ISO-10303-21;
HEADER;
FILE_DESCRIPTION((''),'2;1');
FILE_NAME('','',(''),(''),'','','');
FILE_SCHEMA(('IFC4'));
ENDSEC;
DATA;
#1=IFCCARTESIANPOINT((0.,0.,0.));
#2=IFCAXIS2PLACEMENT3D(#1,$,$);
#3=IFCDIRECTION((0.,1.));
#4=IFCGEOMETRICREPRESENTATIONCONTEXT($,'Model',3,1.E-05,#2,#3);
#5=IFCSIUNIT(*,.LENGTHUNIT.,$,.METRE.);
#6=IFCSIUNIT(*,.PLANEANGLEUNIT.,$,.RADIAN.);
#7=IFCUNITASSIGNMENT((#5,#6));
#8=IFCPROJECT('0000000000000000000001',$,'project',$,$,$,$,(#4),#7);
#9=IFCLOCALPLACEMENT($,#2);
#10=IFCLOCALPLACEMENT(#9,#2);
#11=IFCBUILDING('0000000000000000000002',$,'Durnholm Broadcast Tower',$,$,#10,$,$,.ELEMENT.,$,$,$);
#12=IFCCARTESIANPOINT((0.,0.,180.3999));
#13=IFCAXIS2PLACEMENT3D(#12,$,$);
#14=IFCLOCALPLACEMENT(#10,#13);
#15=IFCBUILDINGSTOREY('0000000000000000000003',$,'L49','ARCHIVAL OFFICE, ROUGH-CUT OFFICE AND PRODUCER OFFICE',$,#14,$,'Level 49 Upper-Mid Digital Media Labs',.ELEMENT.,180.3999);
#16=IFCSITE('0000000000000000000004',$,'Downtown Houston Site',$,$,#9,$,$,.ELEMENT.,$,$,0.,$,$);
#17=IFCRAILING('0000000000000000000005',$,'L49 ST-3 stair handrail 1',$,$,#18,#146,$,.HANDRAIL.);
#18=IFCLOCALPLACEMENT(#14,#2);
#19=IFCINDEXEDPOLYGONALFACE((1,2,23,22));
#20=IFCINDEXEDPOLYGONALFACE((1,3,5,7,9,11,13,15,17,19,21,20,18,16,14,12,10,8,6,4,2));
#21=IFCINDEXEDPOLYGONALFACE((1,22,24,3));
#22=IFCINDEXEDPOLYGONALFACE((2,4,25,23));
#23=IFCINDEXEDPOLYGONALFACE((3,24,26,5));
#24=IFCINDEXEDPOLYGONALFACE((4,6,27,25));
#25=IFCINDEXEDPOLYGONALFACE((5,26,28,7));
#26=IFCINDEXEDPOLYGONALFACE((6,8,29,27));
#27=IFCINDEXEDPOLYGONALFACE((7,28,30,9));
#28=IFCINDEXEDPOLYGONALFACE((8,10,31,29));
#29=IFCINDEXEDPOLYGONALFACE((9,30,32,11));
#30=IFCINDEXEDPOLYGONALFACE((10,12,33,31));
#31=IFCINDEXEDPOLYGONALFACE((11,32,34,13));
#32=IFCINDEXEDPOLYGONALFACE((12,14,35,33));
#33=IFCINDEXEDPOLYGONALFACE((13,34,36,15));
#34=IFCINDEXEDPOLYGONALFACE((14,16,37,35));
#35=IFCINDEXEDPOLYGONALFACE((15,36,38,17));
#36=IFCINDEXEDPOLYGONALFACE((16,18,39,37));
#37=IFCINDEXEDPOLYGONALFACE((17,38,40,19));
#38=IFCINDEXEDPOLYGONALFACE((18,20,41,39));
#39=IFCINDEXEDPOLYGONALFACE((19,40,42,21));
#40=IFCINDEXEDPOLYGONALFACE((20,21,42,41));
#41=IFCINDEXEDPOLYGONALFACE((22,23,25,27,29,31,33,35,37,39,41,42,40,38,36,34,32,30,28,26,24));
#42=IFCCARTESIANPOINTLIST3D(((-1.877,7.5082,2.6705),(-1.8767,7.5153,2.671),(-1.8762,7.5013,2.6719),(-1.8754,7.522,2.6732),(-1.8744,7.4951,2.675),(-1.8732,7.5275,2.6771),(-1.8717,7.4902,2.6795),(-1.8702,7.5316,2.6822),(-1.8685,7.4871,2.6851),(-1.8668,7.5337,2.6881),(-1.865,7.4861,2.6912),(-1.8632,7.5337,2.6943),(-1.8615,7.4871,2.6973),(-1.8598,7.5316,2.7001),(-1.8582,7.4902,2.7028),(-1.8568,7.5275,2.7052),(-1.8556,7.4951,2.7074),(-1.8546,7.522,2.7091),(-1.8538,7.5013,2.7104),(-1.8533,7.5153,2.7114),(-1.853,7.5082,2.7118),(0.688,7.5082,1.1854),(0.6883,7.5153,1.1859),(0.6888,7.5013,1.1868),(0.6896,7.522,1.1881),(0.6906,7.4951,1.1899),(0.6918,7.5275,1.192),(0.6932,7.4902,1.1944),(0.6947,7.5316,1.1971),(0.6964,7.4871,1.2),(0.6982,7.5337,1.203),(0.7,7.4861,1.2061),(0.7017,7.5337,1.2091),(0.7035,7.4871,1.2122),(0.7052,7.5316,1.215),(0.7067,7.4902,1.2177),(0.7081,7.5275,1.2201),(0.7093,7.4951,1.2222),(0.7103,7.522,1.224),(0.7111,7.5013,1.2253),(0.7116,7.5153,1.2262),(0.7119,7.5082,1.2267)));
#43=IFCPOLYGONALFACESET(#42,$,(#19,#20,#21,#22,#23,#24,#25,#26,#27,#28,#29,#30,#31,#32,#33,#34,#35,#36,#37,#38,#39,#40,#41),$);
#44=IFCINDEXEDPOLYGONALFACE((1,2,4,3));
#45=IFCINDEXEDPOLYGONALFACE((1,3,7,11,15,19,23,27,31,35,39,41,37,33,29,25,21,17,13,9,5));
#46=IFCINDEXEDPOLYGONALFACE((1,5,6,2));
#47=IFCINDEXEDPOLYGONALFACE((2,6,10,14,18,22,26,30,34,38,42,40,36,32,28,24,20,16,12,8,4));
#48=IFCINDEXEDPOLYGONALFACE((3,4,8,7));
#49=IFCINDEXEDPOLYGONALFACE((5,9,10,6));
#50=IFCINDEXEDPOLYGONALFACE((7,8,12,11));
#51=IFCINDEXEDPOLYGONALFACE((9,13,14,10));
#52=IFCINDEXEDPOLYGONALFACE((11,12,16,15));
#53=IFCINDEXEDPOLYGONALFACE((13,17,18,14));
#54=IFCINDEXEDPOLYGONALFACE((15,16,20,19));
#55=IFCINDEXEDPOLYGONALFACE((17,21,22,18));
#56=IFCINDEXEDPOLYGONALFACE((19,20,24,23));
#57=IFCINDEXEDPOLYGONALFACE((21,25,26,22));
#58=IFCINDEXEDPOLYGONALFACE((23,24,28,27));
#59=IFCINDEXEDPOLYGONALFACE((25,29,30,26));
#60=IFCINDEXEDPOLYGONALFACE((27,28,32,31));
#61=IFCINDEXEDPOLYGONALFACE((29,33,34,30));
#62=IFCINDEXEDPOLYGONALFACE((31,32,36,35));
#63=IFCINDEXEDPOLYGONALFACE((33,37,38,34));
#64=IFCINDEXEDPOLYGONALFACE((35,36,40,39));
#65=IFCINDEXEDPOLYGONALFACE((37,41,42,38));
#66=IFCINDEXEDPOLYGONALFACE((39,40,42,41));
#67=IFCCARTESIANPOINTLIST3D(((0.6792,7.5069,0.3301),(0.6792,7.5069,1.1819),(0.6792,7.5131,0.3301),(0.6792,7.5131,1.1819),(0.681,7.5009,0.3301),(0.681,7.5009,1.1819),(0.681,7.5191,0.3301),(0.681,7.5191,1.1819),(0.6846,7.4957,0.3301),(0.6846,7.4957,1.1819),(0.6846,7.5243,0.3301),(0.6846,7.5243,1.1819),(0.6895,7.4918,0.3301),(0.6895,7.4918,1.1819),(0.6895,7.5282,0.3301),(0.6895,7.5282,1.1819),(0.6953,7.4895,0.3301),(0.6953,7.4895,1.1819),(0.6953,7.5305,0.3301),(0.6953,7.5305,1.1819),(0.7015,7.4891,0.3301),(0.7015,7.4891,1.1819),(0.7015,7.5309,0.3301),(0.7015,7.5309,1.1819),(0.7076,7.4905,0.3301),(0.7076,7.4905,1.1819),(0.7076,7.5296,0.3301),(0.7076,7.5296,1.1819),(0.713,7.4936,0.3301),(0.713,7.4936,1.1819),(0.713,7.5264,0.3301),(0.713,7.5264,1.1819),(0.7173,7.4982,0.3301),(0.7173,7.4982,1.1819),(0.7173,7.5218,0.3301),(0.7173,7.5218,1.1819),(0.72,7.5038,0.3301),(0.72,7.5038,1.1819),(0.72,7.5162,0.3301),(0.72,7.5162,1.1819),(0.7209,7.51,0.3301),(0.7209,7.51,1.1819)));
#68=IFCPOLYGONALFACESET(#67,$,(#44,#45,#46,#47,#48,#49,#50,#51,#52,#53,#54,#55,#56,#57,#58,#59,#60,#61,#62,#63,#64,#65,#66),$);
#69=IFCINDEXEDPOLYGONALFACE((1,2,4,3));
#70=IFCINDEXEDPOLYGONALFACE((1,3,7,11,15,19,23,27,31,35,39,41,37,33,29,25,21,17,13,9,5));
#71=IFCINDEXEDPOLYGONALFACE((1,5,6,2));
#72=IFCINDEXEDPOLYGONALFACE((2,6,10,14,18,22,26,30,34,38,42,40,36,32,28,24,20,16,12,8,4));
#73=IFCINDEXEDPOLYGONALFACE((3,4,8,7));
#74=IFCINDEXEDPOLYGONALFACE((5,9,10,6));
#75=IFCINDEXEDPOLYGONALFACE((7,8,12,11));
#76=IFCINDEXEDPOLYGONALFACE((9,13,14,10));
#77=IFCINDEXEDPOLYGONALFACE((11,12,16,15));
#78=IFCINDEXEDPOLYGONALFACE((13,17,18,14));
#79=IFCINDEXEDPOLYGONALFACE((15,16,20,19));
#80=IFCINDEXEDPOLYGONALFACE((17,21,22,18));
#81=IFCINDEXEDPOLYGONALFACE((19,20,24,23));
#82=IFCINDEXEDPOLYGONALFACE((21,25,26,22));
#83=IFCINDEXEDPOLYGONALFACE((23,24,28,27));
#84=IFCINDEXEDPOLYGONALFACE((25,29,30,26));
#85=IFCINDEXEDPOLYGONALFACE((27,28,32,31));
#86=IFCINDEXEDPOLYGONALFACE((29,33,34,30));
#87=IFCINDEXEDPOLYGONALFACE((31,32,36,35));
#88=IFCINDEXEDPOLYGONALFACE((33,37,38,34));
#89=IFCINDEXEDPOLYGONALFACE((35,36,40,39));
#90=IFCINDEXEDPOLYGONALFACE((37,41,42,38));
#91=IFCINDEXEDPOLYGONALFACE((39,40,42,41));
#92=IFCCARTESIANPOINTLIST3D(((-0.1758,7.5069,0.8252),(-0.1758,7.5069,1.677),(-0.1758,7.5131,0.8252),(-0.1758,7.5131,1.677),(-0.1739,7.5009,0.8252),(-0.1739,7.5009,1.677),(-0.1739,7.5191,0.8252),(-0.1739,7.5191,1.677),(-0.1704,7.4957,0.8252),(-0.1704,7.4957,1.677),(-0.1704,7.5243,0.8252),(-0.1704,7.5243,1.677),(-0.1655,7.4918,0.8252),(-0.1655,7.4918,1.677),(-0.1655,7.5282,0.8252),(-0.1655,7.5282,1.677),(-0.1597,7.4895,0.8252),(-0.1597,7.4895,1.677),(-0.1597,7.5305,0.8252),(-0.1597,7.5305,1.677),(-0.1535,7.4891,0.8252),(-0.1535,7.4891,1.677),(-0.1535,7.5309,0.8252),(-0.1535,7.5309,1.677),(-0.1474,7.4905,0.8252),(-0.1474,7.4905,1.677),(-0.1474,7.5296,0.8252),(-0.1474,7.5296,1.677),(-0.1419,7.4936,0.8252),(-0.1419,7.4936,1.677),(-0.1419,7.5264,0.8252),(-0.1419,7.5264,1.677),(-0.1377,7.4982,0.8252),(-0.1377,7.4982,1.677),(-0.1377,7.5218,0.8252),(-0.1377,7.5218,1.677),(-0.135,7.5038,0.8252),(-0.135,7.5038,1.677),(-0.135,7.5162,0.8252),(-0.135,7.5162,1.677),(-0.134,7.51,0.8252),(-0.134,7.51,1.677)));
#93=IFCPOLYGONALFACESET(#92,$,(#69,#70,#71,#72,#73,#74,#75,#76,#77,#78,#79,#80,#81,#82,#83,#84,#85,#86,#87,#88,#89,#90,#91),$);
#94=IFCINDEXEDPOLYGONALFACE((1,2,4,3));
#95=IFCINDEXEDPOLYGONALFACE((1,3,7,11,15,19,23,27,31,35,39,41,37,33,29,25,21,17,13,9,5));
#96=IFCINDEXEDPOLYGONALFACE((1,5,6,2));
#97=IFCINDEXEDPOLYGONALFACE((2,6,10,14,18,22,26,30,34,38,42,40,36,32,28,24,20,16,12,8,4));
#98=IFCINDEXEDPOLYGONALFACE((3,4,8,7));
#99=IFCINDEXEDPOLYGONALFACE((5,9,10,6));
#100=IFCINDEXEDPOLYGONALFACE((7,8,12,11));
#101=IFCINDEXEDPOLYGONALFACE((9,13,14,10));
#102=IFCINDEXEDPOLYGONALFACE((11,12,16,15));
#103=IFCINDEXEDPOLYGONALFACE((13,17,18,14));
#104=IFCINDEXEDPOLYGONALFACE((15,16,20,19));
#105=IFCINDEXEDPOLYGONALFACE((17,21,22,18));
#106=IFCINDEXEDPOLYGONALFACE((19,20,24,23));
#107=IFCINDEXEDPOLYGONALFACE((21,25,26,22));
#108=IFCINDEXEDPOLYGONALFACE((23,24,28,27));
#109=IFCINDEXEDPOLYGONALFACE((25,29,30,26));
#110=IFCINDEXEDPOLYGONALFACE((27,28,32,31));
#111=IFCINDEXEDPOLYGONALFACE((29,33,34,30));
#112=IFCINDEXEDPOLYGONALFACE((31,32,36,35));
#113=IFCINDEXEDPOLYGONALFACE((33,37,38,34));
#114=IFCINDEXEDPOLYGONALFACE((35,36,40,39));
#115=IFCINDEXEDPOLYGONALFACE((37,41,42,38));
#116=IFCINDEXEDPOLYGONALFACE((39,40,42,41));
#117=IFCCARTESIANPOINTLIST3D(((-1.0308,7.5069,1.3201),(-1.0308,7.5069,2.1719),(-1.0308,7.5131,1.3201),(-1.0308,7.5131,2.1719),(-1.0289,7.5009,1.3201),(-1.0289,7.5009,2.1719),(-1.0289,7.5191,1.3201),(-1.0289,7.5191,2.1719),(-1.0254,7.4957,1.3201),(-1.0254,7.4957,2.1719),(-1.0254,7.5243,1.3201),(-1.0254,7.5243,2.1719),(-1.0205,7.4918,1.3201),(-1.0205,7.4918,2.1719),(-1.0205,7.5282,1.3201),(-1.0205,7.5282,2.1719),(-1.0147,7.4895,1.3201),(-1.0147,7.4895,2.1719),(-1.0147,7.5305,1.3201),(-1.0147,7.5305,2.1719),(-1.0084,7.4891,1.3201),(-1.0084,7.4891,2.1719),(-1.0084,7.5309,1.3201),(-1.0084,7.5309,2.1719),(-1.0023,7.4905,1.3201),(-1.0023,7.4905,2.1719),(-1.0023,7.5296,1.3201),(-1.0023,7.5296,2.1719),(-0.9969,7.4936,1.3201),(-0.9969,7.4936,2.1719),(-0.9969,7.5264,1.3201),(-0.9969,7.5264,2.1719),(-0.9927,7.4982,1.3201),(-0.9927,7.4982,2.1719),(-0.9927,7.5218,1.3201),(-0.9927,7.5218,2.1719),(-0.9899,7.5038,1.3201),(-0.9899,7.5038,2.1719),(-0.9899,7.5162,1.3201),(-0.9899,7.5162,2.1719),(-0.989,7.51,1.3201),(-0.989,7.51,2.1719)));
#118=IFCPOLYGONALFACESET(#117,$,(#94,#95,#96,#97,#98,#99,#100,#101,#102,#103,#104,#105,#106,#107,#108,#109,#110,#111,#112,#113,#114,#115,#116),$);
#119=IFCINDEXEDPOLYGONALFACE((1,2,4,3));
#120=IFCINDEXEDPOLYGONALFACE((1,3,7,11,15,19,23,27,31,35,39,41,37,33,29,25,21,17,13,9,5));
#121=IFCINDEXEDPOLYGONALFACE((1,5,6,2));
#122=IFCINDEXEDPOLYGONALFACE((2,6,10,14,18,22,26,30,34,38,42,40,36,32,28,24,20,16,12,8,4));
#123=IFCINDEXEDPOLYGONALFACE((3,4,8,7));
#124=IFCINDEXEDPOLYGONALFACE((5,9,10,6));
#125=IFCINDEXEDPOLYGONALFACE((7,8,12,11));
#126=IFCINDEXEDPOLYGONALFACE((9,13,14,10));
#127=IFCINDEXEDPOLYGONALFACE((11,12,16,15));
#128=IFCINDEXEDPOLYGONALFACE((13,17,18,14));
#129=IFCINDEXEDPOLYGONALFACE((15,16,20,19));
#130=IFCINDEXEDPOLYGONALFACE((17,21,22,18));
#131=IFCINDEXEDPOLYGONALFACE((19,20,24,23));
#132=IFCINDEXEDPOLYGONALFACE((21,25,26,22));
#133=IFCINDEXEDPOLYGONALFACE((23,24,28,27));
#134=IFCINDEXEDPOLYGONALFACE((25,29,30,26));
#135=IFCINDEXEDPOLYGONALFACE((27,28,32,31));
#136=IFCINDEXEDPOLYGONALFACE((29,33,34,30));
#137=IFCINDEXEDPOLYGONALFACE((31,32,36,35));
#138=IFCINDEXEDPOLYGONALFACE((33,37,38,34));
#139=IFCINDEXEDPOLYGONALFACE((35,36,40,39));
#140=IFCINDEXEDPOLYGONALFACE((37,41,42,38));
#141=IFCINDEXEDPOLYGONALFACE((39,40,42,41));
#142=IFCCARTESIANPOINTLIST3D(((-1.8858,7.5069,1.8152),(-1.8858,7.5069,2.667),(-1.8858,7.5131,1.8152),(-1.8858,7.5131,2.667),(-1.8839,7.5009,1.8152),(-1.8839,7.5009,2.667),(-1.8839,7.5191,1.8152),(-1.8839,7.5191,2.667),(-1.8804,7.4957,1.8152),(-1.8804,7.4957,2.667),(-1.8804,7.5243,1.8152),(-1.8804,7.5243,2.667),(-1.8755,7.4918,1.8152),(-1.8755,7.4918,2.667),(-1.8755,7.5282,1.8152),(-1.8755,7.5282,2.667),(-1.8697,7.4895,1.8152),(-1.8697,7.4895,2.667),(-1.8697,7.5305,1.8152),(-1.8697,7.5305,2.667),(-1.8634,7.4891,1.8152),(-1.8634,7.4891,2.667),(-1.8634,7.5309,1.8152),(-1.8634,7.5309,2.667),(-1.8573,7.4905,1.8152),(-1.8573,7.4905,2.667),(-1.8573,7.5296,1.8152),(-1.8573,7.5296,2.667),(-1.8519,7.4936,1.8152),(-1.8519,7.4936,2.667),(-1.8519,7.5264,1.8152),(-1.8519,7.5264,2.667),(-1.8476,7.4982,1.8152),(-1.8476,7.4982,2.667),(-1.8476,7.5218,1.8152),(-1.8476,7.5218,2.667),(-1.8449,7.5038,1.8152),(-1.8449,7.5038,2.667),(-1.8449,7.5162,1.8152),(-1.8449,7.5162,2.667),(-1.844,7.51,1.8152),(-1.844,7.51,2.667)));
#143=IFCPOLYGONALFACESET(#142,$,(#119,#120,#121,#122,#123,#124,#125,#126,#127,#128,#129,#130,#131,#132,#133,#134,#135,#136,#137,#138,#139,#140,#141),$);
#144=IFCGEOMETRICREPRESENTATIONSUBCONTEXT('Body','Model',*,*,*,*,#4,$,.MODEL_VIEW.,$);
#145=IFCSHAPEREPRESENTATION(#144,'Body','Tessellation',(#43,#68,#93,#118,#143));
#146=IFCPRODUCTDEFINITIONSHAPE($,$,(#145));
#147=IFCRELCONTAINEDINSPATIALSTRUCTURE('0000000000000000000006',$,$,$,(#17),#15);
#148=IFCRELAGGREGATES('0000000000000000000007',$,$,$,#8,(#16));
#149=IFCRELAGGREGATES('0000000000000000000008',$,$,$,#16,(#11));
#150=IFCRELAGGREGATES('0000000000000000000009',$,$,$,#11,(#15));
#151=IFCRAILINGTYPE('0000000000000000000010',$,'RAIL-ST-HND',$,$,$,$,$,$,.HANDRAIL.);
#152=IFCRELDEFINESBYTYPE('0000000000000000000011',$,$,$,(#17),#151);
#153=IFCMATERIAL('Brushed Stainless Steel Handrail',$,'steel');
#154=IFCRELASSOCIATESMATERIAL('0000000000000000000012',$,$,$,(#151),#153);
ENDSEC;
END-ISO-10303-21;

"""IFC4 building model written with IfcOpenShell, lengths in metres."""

from ifc_helpers import new_model, si_unit, direction, frame, origin, origin_2d, place, context, subcontext, project, spatial, circle, extrude, material, type_object, element, save


model = new_model("IFC4")

# Units and contexts
model_context = context("Model", 3, precision=1e-05, world=origin(), true_north=direction((0.0, 1.0)))
body_context = subcontext(model_context, "Body", "Model", "MODEL_VIEW")
ifc_project = project(units=[si_unit("LENGTHUNIT", "METRE"), si_unit("PLANEANGLEUNIT", "RADIAN")], contexts=[model_context])

# Site, building, storey
site_placement = place(None, origin())
site = spatial("IfcSite", under=ifc_project, at=site_placement, Name="Downtown Houston Site", CompositionType="ELEMENT", RefElevation=0.0)
building_placement = place(site_placement, origin())
building = spatial("IfcBuilding", under=site, at=building_placement, Name="Durnholm Broadcast Tower", CompositionType="ELEMENT")
storey_placement = place(building_placement, frame((0.0, 0.0, 180.3999)))
storey = spatial("IfcBuildingStorey", under=building, at=storey_placement, Name="L49", Description="ARCHIVAL OFFICE, ROUGH-CUT OFFICE AND PRODUCER OFFICE", LongName="Level 49 Upper-Mid Digital Media Labs", CompositionType="ELEMENT", Elevation=180.3999)

# Railing
ifc_material_1 = material(Name="Brushed Stainless Steel Handrail", Category="steel")
railing_type_1 = type_object("IfcRailingType", Name="RAIL-ST-HND", PredefinedType="HANDRAIL", material=ifc_material_1)
railing_1_placement = place(storey_placement, frame((0.7, 7.51, 0.3301)))
element("IfcRailing", 1, at=railing_1_placement, inside=storey, type_object=railing_type_1, Name="L49 ST-3 stair handrail 1", PredefinedType="HANDRAIL", context=body_context, shape_type="SweptSolid", body=[
    extrude(circle(Radius=0.0239, at=origin_2d()), frame((0.0, 0.0, 0.876), z_axis=(-0.865406, 0.0, 0.501072), x_axis=(0.0, -1.0, 0.0)), (0.0, 0.0, 1.0), 2.9639),
    extrude(circle(Radius=0.021, at=origin_2d()), origin(), (0.0, 0.0, 1.0), 0.8518),
    extrude(circle(Radius=0.021, at=origin_2d()), frame((-0.855, 0.0, 0.4951)), (0.0, 0.0, 1.0), 0.8518),
    extrude(circle(Radius=0.021, at=origin_2d()), frame((-1.71, 0.0, 0.99)), (0.0, 0.0, 1.0), 0.8518),
    extrude(circle(Radius=0.021, at=origin_2d()), frame((-2.5649, 0.0, 1.4851)), (0.0, 0.0, 1.0), 0.8518),
])

save(model, "model.ifc")
